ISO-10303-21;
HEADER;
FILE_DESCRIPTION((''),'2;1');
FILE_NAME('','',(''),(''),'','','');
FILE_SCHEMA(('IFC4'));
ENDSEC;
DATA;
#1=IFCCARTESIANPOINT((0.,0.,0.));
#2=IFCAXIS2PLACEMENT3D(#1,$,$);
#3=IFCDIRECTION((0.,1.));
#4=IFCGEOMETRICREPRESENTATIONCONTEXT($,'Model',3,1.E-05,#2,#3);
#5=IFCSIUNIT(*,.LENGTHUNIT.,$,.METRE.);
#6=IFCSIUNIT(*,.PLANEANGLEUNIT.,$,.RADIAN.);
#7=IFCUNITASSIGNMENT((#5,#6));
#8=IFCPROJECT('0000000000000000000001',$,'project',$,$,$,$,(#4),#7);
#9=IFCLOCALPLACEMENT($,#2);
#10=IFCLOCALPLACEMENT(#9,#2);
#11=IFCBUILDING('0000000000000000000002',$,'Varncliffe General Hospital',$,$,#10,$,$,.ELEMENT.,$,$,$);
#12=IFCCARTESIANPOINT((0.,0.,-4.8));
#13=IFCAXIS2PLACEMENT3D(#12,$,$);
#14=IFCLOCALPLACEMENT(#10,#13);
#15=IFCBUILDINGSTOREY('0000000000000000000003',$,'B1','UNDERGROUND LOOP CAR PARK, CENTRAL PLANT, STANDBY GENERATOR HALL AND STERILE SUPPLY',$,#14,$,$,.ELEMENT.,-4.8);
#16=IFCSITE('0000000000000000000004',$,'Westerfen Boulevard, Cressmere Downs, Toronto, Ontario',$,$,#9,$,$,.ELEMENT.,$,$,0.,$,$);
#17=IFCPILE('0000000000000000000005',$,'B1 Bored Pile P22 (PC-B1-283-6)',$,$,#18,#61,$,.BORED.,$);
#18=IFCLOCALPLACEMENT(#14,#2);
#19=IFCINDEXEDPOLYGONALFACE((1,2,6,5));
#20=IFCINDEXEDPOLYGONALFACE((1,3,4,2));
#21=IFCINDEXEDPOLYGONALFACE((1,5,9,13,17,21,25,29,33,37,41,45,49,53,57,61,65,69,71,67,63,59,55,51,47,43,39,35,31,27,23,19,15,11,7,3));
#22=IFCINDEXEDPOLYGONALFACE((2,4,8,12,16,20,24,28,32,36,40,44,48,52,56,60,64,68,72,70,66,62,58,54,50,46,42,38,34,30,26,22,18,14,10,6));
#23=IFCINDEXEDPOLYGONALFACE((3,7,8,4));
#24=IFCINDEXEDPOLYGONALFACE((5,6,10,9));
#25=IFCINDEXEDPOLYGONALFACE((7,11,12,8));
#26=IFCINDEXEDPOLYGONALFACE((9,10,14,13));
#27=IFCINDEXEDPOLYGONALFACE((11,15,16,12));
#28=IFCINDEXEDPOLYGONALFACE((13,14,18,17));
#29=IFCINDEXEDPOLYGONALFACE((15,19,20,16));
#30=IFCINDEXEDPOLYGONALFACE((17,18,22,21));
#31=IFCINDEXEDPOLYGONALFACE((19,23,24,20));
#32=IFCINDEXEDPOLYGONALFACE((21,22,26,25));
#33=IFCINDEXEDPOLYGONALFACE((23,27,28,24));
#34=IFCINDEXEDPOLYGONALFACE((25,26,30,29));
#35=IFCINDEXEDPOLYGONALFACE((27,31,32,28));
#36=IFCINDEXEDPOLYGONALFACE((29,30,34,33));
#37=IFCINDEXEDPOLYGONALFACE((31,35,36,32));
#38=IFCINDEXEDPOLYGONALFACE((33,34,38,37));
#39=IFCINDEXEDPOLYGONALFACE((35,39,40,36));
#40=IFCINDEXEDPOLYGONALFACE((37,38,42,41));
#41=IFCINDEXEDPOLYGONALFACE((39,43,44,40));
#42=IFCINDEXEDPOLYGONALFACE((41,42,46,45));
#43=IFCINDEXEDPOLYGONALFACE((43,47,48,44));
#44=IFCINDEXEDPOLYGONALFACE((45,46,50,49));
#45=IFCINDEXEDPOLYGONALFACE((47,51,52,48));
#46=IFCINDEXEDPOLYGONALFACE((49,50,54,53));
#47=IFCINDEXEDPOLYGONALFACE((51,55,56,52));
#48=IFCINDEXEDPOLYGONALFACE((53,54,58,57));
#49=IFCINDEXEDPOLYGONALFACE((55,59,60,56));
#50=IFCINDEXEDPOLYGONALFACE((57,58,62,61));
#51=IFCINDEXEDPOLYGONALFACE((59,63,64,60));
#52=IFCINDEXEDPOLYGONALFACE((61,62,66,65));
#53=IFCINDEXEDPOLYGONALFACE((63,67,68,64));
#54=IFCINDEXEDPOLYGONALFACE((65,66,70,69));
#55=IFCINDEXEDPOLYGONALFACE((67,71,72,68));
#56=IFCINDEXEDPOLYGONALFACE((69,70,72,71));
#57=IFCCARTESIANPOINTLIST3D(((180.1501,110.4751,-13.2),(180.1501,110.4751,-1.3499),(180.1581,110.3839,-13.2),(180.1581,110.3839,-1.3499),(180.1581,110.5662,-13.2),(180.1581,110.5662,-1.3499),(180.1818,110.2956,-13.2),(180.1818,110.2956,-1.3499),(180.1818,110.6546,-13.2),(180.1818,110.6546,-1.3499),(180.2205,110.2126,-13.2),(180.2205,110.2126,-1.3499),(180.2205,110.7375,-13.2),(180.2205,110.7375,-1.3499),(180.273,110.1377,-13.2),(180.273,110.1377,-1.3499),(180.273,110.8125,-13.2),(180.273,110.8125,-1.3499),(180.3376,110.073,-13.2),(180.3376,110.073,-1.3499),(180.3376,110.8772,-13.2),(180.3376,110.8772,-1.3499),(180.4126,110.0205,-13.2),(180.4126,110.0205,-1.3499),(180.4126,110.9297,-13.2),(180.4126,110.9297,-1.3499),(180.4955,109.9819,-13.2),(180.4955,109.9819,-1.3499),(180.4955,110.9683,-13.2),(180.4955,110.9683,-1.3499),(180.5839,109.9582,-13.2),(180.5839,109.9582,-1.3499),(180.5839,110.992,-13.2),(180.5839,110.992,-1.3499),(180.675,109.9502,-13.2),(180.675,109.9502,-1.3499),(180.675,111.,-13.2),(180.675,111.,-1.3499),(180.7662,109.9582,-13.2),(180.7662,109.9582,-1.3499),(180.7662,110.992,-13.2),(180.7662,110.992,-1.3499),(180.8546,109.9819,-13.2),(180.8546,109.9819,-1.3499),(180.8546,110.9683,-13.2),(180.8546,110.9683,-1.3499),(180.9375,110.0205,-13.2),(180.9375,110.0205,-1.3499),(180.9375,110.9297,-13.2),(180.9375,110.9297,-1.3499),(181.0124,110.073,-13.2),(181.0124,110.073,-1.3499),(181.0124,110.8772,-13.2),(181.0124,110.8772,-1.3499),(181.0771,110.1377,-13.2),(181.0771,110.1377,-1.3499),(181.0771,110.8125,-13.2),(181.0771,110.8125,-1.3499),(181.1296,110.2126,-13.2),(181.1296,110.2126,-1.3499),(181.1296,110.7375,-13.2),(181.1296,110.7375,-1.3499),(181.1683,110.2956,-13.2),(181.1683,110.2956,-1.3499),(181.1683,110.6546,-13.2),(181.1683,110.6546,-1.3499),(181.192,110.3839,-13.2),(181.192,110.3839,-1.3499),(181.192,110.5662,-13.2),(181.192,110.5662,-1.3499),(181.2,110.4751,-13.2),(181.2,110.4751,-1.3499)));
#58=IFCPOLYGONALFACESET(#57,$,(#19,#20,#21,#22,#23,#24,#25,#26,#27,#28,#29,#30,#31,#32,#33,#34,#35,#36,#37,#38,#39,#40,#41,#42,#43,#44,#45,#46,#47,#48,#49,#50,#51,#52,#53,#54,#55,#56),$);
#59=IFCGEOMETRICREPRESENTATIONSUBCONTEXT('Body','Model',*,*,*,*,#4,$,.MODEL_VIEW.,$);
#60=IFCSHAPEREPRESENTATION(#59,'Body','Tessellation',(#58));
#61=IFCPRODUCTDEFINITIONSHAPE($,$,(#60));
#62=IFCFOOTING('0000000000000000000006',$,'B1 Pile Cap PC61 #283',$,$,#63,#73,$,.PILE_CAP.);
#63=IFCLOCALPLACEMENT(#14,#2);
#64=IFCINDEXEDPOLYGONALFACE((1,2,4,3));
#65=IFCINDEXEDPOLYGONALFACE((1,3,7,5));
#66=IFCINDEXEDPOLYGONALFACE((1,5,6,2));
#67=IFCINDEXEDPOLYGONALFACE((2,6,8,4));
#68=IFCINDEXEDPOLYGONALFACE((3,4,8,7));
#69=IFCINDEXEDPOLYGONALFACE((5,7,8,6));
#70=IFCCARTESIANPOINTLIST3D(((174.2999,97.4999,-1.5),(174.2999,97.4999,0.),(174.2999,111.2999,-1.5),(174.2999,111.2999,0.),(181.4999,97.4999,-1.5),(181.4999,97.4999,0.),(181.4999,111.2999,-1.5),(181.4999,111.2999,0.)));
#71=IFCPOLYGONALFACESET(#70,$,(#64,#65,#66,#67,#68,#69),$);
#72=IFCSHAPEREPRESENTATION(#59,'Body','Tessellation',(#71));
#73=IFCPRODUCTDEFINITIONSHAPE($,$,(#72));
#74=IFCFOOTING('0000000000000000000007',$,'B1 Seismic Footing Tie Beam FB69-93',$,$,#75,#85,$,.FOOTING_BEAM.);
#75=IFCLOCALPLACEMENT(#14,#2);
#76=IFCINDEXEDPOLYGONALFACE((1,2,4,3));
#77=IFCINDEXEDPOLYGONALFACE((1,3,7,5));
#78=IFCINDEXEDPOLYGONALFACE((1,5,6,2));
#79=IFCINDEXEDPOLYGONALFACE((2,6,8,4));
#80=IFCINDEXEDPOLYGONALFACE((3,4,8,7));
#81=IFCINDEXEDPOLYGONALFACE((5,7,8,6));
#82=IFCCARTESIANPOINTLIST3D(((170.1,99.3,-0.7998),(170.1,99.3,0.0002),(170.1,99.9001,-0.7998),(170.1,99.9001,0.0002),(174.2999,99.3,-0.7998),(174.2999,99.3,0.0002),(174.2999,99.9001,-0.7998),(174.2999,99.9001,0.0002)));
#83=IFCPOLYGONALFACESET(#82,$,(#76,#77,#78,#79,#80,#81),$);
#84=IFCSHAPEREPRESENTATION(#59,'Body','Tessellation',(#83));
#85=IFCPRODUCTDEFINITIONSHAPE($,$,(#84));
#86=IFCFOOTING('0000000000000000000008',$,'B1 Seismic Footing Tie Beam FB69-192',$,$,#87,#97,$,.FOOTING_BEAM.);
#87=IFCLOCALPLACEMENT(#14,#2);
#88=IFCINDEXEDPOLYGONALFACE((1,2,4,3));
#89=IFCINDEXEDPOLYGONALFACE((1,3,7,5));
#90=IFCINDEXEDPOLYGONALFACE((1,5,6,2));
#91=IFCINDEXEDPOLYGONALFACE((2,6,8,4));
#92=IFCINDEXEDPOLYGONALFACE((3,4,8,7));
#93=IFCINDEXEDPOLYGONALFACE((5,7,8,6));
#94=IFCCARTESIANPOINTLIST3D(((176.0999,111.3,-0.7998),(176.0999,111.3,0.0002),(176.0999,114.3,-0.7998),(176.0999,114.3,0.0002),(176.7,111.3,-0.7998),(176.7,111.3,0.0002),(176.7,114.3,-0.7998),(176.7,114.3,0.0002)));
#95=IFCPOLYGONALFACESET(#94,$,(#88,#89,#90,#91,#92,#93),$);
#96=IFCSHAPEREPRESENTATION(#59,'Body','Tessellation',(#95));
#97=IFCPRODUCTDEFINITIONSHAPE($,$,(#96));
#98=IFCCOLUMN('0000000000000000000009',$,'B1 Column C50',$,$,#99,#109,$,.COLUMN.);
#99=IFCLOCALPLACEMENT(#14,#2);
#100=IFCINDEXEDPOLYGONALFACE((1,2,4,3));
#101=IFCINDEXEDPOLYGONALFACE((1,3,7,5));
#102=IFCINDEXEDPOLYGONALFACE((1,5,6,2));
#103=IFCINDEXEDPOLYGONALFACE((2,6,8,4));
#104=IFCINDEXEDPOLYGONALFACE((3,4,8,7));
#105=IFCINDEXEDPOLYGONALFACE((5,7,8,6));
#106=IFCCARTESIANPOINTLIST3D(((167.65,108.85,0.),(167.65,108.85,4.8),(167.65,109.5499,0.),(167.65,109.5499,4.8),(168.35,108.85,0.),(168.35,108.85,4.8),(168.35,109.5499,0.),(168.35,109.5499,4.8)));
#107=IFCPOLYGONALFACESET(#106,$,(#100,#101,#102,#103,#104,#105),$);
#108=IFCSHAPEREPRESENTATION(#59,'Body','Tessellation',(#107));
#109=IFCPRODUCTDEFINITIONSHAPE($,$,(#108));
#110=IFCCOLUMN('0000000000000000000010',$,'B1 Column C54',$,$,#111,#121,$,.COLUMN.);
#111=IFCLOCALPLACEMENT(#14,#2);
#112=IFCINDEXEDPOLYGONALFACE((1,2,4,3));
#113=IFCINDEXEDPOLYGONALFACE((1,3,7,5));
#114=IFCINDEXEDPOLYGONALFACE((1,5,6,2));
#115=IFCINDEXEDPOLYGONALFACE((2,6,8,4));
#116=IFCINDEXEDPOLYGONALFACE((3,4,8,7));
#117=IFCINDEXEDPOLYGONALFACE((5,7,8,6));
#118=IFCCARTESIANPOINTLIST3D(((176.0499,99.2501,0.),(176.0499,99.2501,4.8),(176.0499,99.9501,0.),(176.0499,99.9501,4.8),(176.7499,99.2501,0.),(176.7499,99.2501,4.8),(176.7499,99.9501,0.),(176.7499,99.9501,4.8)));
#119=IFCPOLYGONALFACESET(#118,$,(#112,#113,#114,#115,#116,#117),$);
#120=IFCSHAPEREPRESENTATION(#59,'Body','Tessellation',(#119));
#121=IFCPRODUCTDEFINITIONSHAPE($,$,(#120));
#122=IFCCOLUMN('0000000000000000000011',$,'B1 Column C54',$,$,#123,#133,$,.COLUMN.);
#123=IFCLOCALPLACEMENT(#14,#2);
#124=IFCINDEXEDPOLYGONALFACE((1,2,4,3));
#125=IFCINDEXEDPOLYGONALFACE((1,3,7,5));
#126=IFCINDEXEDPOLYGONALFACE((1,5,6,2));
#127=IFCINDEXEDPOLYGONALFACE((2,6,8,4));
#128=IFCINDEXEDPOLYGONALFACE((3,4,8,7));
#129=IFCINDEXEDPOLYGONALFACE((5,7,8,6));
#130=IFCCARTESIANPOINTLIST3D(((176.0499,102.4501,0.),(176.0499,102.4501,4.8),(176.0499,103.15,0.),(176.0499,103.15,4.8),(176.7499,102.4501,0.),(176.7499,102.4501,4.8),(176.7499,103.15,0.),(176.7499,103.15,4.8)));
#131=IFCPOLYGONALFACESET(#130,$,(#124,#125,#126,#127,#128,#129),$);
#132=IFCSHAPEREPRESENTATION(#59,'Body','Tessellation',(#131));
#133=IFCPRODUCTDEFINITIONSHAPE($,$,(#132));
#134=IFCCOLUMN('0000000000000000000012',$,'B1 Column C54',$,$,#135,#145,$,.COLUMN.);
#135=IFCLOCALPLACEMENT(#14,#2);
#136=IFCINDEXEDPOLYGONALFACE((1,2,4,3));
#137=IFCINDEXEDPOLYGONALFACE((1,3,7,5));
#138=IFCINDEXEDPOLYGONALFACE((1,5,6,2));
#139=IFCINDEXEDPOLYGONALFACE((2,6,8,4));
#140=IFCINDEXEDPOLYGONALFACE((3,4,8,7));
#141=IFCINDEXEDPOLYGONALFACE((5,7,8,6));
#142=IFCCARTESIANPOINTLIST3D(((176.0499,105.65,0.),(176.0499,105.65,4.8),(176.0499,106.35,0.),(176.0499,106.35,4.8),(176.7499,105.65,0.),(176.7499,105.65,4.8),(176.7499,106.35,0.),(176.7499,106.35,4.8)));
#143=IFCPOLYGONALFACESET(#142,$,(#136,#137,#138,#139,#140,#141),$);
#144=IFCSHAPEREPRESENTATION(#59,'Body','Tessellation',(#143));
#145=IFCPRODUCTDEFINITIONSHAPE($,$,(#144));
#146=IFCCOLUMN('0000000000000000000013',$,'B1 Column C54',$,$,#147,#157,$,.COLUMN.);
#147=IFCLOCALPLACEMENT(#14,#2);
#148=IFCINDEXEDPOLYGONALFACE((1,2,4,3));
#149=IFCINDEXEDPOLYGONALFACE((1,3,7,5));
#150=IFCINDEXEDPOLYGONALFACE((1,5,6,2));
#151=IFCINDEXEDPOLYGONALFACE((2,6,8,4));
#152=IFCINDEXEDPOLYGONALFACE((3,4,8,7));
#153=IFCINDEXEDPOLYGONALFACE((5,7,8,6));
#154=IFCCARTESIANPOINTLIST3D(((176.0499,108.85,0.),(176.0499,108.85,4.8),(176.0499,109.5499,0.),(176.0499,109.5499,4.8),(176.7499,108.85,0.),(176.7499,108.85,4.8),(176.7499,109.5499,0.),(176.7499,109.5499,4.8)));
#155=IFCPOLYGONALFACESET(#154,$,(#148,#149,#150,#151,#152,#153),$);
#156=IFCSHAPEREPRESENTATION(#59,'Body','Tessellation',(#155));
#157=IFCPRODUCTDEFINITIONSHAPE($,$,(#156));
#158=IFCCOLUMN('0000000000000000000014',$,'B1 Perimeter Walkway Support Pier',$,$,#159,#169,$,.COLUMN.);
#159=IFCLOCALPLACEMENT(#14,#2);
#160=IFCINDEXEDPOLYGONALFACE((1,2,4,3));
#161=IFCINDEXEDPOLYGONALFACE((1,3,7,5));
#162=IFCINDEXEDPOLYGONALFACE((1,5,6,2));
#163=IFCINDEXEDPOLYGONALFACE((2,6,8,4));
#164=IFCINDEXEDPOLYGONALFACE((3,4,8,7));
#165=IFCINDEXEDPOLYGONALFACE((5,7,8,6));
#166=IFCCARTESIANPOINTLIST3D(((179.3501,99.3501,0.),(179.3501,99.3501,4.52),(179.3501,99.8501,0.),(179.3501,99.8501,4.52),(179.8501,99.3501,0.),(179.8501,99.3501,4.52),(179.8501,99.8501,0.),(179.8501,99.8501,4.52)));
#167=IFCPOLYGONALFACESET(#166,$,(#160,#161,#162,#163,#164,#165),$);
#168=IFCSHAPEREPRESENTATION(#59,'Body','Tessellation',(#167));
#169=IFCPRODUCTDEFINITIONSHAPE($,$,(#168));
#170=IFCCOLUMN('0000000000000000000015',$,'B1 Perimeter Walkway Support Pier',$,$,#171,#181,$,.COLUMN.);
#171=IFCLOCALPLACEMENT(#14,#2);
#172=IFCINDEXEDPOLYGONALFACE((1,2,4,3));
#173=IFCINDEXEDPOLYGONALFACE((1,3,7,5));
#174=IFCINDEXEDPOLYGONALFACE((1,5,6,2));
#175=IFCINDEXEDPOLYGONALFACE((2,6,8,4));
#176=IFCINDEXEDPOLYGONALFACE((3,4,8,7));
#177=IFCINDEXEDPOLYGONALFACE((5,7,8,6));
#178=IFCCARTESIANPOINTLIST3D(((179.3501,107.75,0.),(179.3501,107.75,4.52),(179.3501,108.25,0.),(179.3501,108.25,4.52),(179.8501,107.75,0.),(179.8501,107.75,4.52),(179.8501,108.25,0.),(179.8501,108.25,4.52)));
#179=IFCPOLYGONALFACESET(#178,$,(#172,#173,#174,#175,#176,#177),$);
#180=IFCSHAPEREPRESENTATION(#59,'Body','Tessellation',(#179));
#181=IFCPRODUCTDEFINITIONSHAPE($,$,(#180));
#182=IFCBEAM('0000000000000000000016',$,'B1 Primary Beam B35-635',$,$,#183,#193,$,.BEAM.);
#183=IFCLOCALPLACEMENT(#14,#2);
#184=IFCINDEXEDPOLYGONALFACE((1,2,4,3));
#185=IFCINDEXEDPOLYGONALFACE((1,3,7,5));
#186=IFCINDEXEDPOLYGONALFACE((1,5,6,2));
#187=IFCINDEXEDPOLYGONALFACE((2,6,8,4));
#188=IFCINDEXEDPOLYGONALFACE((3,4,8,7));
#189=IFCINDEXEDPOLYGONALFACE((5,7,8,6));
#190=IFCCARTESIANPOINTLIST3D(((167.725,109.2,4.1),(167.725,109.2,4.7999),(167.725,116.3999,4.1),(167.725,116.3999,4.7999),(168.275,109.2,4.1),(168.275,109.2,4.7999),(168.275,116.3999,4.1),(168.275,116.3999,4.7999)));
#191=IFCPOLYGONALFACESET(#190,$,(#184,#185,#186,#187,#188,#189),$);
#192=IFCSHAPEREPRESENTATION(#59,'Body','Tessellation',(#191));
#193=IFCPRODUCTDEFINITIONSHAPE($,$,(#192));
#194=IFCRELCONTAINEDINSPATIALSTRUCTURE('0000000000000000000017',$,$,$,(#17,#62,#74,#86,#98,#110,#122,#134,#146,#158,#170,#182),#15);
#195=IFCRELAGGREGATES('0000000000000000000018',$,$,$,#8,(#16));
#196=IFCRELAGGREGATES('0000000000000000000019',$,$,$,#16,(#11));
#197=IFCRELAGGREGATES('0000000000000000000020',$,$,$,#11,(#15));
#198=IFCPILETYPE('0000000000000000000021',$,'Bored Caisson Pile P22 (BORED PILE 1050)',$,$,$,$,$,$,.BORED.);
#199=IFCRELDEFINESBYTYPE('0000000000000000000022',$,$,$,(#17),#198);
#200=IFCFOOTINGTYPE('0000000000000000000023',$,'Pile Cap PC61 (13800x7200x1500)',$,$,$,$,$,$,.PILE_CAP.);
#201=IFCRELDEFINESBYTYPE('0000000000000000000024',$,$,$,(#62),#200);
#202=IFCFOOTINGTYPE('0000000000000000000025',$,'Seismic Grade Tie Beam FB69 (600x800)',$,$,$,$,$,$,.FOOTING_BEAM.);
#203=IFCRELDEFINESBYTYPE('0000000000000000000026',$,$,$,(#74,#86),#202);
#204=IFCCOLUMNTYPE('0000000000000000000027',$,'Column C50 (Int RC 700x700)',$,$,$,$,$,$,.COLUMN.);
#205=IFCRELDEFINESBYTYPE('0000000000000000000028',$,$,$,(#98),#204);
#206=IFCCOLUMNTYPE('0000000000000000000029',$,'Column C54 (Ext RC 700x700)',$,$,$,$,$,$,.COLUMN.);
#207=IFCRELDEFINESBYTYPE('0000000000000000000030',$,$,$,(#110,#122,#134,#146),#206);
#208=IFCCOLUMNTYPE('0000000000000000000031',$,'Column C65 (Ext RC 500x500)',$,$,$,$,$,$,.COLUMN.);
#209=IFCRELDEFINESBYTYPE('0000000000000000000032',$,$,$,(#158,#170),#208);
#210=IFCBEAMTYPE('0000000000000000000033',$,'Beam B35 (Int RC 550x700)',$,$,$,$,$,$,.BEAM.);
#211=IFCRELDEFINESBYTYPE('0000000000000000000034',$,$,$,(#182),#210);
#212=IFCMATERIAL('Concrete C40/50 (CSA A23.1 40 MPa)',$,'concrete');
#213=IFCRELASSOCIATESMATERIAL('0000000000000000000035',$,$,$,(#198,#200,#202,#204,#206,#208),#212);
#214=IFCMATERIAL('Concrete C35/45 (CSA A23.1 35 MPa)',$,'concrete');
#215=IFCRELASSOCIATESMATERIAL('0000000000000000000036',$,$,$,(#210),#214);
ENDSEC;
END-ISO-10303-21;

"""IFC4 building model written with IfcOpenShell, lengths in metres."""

from ifc_helpers import new_model, si_unit, direction, frame, origin, origin_2d, place, context, subcontext, project, spatial, rectangle, circle, extrude, material, material_profile, profile_set, type_object, element, save


model = new_model("IFC4")

# Units and contexts
model_context = context("Model", 3, precision=1e-05, world=origin(), true_north=direction((0.0, 1.0)))
body_context = subcontext(model_context, "Body", "Model", "MODEL_VIEW")
ifc_project = project(units=[si_unit("LENGTHUNIT", "METRE"), si_unit("PLANEANGLEUNIT", "RADIAN")], contexts=[model_context])

# Site, building, storey
site_placement = place(None, origin())
site = spatial("IfcSite", under=ifc_project, at=site_placement, Name="Westerfen Boulevard, Cressmere Downs, Toronto, Ontario", CompositionType="ELEMENT", RefElevation=0.0)
building_placement = place(site_placement, origin())
building = spatial("IfcBuilding", under=site, at=building_placement, Name="Varncliffe General Hospital", CompositionType="ELEMENT")
storey_placement = place(building_placement, frame((0.0, 0.0, -4.8)))
storey = spatial("IfcBuildingStorey", under=building, at=storey_placement, Name="B1", Description="UNDERGROUND LOOP CAR PARK, CENTRAL PLANT, STANDBY GENERATOR HALL AND STERILE SUPPLY", CompositionType="ELEMENT", Elevation=-4.8)

# Pile
ifc_material_1 = material(Name="Concrete C40/50 (CSA A23.1 40 MPa)", Category="concrete")
ifc_material_profile_1 = material_profile(ifc_material_1, circle(Radius=0.5249, at=origin_2d()), Name="BORED PILE 1050")
ifc_profile_set_1 = profile_set([ifc_material_profile_1], Name="Concrete C40/50 (CSA A23.1 40 MPa)")
pile_type = type_object("IfcPileType", Name="Bored Caisson Pile P22 (BORED PILE 1050)", PredefinedType="BORED", material=ifc_profile_set_1)
for number, where, z_axis, x_axis, name in (
    (1, (180.675, 110.4751, -1.3499), (0.0, 0.0, -1.0), (1.0, 0.0, 0.0), "B1 Bored Pile P22 (PC-B1-283-6)"),
):
    element("IfcPile", number, at=place(storey_placement, frame(where, z_axis=z_axis, x_axis=x_axis)), inside=storey, type_object=pile_type, Name=name, PredefinedType="BORED", context=body_context, shape_type="SweptSolid", body=[
        extrude(circle(Radius=0.5249, at=origin_2d()), origin(), (0.0, 0.0, 1.0), 11.8501),
    ])

# Footings
footing_type_1 = type_object("IfcFootingType", Name="Pile Cap PC61 (13800x7200x1500)", PredefinedType="PILE_CAP", material=ifc_material_1)
footing_1_placement = place(storey_placement, frame((177.8999, 104.3999, -1.5), z_axis=(0.0, 0.0, 1.0), x_axis=(1.0, 0.0, 0.0)))
element("IfcFooting", 2, at=footing_1_placement, inside=storey, type_object=footing_type_1, Name="B1 Pile Cap PC61 #283", PredefinedType="PILE_CAP", context=body_context, shape_type="SweptSolid", body=[
    extrude(rectangle(XDim=7.2, YDim=13.8, at=origin_2d()), origin(), (0.0, 0.0, 1.0), 1.5),
])
footing_type_2 = type_object("IfcFootingType", Name="Seismic Grade Tie Beam FB69 (600x800)", PredefinedType="FOOTING_BEAM", material=ifc_material_1)
footing_2_placement = place(storey_placement, frame((172.2, 99.6001, -0.7998), z_axis=(0.0, 0.0, 1.0), x_axis=(1.0, 0.0, 0.0)))
element("IfcFooting", 3, at=footing_2_placement, inside=storey, type_object=footing_type_2, Name="B1 Seismic Footing Tie Beam FB69-93", PredefinedType="FOOTING_BEAM", context=body_context, shape_type="SweptSolid", body=[
    extrude(rectangle(XDim=4.2, YDim=0.6001, at=origin_2d()), origin(), (0.0, 0.0, 1.0), 0.8),
])
footing_3_placement = place(storey_placement, frame((176.3999, 112.8, -0.7998), z_axis=(0.0, 0.0, 1.0), x_axis=(1.0, 0.0, 0.0)))
element("IfcFooting", 4, at=footing_3_placement, inside=storey, type_object=footing_type_2, Name="B1 Seismic Footing Tie Beam FB69-192", PredefinedType="FOOTING_BEAM", context=body_context, shape_type="SweptSolid", body=[
    extrude(rectangle(XDim=0.6001, YDim=3.0, at=origin_2d()), origin(), (0.0, 0.0, 1.0), 0.8),
])

# Columns
ifc_material_profile_2 = material_profile(ifc_material_1, rectangle(XDim=0.7, YDim=0.7, at=origin_2d()), Name="RC 700x700")
ifc_profile_set_2 = profile_set([ifc_material_profile_2], Name="Concrete C40/50 (CSA A23.1 40 MPa)")
column_type_1 = type_object("IfcColumnType", Name="Column C50 (Int RC 700x700)", PredefinedType="COLUMN", material=ifc_profile_set_2)
column_placement = place(storey_placement, frame((168.0, 109.2, 0.0), z_axis=(0.0, 0.0, 1.0), x_axis=(1.0, 0.0, 0.0)))
element("IfcColumn", 5, at=column_placement, inside=storey, type_object=column_type_1, Name="B1 Column C50", PredefinedType="COLUMN", context=body_context, shape_type="SweptSolid", body=[
    extrude(rectangle(XDim=0.7, YDim=0.7, at=origin_2d()), origin(), (0.0, 0.0, 1.0), 4.8),
])
ifc_material_profile_3 = material_profile(ifc_material_1, rectangle(XDim=0.7, YDim=0.7, at=origin_2d()), Name="RC 700x700")
ifc_profile_set_3 = profile_set([ifc_material_profile_3], Name="Concrete C40/50 (CSA A23.1 40 MPa)")
column_type_2 = type_object("IfcColumnType", Name="Column C54 (Ext RC 700x700)", PredefinedType="COLUMN", material=ifc_profile_set_3)
for number, where, z_axis, x_axis, name in (
    (6, (176.3999, 99.6001, 0.0), (0.0, 0.0, 1.0), (1.0, 0.0, 0.0), "B1 Column C54"),
    (7, (176.3999, 102.8, 0.0), (0.0, 0.0, 1.0), (1.0, 0.0, 0.0), "B1 Column C54"),
    (8, (176.3999, 106.0, 0.0), (0.0, 0.0, 1.0), (1.0, 0.0, 0.0), "B1 Column C54"),
    (9, (176.3999, 109.2, 0.0), (0.0, 0.0, 1.0), (1.0, 0.0, 0.0), "B1 Column C54"),
):
    element("IfcColumn", number, at=place(storey_placement, frame(where, z_axis=z_axis, x_axis=x_axis)), inside=storey, type_object=column_type_2, Name=name, PredefinedType="COLUMN", context=body_context, shape_type="SweptSolid", body=[
        extrude(rectangle(XDim=0.7, YDim=0.7, at=origin_2d()), origin(), (0.0, 0.0, 1.0), 4.8),
    ])
ifc_material_profile_4 = material_profile(ifc_material_1, rectangle(XDim=0.5, YDim=0.5, at=origin_2d()), Name="RC 500x500")
ifc_profile_set_4 = profile_set([ifc_material_profile_4], Name="Concrete C40/50 (CSA A23.1 40 MPa)")
column_type_3 = type_object("IfcColumnType", Name="Column C65 (Ext RC 500x500)", PredefinedType="COLUMN", material=ifc_profile_set_4)
for number, where, z_axis, x_axis, name in (
    (10, (179.6001, 99.6001, 0.0), (0.0, 0.0, 1.0), (1.0, 0.0, 0.0), "B1 Perimeter Walkway Support Pier"),
    (11, (179.6001, 108.0, 0.0), (0.0, 0.0, 1.0), (1.0, 0.0, 0.0), "B1 Perimeter Walkway Support Pier"),
):
    element("IfcColumn", number, at=place(storey_placement, frame(where, z_axis=z_axis, x_axis=x_axis)), inside=storey, type_object=column_type_3, Name=name, PredefinedType="COLUMN", context=body_context, shape_type="SweptSolid", body=[
        extrude(rectangle(XDim=0.5, YDim=0.5, at=origin_2d()), origin(), (0.0, 0.0, 1.0), 4.52),
    ])

# Beam
ifc_material_2 = material(Name="Concrete C35/45 (CSA A23.1 35 MPa)", Category="concrete")
ifc_material_profile_5 = material_profile(ifc_material_2, rectangle(XDim=0.55, YDim=0.7, at=origin_2d()), Name="RC 550x700")
ifc_profile_set_5 = profile_set([ifc_material_profile_5], Name="Concrete C35/45 (CSA A23.1 35 MPa)")
beam_type_1 = type_object("IfcBeamType", Name="Beam B35 (Int RC 550x700)", PredefinedType="BEAM", material=ifc_profile_set_5)
beam_1_placement = place(storey_placement, frame((168.0, 109.2, 4.45), z_axis=(0.0, 1.0, 0.0), x_axis=(-1.0, 0.0, 0.0)))
element("IfcBeam", 12, at=beam_1_placement, inside=storey, type_object=beam_type_1, Name="B1 Primary Beam B35-635", PredefinedType="BEAM", context=body_context, shape_type="SweptSolid", body=[
    extrude(rectangle(XDim=0.55, YDim=0.7, at=origin_2d()), origin(), (0.0, 0.0, 1.0), 7.2),
])

save(model, "model.ifc")
